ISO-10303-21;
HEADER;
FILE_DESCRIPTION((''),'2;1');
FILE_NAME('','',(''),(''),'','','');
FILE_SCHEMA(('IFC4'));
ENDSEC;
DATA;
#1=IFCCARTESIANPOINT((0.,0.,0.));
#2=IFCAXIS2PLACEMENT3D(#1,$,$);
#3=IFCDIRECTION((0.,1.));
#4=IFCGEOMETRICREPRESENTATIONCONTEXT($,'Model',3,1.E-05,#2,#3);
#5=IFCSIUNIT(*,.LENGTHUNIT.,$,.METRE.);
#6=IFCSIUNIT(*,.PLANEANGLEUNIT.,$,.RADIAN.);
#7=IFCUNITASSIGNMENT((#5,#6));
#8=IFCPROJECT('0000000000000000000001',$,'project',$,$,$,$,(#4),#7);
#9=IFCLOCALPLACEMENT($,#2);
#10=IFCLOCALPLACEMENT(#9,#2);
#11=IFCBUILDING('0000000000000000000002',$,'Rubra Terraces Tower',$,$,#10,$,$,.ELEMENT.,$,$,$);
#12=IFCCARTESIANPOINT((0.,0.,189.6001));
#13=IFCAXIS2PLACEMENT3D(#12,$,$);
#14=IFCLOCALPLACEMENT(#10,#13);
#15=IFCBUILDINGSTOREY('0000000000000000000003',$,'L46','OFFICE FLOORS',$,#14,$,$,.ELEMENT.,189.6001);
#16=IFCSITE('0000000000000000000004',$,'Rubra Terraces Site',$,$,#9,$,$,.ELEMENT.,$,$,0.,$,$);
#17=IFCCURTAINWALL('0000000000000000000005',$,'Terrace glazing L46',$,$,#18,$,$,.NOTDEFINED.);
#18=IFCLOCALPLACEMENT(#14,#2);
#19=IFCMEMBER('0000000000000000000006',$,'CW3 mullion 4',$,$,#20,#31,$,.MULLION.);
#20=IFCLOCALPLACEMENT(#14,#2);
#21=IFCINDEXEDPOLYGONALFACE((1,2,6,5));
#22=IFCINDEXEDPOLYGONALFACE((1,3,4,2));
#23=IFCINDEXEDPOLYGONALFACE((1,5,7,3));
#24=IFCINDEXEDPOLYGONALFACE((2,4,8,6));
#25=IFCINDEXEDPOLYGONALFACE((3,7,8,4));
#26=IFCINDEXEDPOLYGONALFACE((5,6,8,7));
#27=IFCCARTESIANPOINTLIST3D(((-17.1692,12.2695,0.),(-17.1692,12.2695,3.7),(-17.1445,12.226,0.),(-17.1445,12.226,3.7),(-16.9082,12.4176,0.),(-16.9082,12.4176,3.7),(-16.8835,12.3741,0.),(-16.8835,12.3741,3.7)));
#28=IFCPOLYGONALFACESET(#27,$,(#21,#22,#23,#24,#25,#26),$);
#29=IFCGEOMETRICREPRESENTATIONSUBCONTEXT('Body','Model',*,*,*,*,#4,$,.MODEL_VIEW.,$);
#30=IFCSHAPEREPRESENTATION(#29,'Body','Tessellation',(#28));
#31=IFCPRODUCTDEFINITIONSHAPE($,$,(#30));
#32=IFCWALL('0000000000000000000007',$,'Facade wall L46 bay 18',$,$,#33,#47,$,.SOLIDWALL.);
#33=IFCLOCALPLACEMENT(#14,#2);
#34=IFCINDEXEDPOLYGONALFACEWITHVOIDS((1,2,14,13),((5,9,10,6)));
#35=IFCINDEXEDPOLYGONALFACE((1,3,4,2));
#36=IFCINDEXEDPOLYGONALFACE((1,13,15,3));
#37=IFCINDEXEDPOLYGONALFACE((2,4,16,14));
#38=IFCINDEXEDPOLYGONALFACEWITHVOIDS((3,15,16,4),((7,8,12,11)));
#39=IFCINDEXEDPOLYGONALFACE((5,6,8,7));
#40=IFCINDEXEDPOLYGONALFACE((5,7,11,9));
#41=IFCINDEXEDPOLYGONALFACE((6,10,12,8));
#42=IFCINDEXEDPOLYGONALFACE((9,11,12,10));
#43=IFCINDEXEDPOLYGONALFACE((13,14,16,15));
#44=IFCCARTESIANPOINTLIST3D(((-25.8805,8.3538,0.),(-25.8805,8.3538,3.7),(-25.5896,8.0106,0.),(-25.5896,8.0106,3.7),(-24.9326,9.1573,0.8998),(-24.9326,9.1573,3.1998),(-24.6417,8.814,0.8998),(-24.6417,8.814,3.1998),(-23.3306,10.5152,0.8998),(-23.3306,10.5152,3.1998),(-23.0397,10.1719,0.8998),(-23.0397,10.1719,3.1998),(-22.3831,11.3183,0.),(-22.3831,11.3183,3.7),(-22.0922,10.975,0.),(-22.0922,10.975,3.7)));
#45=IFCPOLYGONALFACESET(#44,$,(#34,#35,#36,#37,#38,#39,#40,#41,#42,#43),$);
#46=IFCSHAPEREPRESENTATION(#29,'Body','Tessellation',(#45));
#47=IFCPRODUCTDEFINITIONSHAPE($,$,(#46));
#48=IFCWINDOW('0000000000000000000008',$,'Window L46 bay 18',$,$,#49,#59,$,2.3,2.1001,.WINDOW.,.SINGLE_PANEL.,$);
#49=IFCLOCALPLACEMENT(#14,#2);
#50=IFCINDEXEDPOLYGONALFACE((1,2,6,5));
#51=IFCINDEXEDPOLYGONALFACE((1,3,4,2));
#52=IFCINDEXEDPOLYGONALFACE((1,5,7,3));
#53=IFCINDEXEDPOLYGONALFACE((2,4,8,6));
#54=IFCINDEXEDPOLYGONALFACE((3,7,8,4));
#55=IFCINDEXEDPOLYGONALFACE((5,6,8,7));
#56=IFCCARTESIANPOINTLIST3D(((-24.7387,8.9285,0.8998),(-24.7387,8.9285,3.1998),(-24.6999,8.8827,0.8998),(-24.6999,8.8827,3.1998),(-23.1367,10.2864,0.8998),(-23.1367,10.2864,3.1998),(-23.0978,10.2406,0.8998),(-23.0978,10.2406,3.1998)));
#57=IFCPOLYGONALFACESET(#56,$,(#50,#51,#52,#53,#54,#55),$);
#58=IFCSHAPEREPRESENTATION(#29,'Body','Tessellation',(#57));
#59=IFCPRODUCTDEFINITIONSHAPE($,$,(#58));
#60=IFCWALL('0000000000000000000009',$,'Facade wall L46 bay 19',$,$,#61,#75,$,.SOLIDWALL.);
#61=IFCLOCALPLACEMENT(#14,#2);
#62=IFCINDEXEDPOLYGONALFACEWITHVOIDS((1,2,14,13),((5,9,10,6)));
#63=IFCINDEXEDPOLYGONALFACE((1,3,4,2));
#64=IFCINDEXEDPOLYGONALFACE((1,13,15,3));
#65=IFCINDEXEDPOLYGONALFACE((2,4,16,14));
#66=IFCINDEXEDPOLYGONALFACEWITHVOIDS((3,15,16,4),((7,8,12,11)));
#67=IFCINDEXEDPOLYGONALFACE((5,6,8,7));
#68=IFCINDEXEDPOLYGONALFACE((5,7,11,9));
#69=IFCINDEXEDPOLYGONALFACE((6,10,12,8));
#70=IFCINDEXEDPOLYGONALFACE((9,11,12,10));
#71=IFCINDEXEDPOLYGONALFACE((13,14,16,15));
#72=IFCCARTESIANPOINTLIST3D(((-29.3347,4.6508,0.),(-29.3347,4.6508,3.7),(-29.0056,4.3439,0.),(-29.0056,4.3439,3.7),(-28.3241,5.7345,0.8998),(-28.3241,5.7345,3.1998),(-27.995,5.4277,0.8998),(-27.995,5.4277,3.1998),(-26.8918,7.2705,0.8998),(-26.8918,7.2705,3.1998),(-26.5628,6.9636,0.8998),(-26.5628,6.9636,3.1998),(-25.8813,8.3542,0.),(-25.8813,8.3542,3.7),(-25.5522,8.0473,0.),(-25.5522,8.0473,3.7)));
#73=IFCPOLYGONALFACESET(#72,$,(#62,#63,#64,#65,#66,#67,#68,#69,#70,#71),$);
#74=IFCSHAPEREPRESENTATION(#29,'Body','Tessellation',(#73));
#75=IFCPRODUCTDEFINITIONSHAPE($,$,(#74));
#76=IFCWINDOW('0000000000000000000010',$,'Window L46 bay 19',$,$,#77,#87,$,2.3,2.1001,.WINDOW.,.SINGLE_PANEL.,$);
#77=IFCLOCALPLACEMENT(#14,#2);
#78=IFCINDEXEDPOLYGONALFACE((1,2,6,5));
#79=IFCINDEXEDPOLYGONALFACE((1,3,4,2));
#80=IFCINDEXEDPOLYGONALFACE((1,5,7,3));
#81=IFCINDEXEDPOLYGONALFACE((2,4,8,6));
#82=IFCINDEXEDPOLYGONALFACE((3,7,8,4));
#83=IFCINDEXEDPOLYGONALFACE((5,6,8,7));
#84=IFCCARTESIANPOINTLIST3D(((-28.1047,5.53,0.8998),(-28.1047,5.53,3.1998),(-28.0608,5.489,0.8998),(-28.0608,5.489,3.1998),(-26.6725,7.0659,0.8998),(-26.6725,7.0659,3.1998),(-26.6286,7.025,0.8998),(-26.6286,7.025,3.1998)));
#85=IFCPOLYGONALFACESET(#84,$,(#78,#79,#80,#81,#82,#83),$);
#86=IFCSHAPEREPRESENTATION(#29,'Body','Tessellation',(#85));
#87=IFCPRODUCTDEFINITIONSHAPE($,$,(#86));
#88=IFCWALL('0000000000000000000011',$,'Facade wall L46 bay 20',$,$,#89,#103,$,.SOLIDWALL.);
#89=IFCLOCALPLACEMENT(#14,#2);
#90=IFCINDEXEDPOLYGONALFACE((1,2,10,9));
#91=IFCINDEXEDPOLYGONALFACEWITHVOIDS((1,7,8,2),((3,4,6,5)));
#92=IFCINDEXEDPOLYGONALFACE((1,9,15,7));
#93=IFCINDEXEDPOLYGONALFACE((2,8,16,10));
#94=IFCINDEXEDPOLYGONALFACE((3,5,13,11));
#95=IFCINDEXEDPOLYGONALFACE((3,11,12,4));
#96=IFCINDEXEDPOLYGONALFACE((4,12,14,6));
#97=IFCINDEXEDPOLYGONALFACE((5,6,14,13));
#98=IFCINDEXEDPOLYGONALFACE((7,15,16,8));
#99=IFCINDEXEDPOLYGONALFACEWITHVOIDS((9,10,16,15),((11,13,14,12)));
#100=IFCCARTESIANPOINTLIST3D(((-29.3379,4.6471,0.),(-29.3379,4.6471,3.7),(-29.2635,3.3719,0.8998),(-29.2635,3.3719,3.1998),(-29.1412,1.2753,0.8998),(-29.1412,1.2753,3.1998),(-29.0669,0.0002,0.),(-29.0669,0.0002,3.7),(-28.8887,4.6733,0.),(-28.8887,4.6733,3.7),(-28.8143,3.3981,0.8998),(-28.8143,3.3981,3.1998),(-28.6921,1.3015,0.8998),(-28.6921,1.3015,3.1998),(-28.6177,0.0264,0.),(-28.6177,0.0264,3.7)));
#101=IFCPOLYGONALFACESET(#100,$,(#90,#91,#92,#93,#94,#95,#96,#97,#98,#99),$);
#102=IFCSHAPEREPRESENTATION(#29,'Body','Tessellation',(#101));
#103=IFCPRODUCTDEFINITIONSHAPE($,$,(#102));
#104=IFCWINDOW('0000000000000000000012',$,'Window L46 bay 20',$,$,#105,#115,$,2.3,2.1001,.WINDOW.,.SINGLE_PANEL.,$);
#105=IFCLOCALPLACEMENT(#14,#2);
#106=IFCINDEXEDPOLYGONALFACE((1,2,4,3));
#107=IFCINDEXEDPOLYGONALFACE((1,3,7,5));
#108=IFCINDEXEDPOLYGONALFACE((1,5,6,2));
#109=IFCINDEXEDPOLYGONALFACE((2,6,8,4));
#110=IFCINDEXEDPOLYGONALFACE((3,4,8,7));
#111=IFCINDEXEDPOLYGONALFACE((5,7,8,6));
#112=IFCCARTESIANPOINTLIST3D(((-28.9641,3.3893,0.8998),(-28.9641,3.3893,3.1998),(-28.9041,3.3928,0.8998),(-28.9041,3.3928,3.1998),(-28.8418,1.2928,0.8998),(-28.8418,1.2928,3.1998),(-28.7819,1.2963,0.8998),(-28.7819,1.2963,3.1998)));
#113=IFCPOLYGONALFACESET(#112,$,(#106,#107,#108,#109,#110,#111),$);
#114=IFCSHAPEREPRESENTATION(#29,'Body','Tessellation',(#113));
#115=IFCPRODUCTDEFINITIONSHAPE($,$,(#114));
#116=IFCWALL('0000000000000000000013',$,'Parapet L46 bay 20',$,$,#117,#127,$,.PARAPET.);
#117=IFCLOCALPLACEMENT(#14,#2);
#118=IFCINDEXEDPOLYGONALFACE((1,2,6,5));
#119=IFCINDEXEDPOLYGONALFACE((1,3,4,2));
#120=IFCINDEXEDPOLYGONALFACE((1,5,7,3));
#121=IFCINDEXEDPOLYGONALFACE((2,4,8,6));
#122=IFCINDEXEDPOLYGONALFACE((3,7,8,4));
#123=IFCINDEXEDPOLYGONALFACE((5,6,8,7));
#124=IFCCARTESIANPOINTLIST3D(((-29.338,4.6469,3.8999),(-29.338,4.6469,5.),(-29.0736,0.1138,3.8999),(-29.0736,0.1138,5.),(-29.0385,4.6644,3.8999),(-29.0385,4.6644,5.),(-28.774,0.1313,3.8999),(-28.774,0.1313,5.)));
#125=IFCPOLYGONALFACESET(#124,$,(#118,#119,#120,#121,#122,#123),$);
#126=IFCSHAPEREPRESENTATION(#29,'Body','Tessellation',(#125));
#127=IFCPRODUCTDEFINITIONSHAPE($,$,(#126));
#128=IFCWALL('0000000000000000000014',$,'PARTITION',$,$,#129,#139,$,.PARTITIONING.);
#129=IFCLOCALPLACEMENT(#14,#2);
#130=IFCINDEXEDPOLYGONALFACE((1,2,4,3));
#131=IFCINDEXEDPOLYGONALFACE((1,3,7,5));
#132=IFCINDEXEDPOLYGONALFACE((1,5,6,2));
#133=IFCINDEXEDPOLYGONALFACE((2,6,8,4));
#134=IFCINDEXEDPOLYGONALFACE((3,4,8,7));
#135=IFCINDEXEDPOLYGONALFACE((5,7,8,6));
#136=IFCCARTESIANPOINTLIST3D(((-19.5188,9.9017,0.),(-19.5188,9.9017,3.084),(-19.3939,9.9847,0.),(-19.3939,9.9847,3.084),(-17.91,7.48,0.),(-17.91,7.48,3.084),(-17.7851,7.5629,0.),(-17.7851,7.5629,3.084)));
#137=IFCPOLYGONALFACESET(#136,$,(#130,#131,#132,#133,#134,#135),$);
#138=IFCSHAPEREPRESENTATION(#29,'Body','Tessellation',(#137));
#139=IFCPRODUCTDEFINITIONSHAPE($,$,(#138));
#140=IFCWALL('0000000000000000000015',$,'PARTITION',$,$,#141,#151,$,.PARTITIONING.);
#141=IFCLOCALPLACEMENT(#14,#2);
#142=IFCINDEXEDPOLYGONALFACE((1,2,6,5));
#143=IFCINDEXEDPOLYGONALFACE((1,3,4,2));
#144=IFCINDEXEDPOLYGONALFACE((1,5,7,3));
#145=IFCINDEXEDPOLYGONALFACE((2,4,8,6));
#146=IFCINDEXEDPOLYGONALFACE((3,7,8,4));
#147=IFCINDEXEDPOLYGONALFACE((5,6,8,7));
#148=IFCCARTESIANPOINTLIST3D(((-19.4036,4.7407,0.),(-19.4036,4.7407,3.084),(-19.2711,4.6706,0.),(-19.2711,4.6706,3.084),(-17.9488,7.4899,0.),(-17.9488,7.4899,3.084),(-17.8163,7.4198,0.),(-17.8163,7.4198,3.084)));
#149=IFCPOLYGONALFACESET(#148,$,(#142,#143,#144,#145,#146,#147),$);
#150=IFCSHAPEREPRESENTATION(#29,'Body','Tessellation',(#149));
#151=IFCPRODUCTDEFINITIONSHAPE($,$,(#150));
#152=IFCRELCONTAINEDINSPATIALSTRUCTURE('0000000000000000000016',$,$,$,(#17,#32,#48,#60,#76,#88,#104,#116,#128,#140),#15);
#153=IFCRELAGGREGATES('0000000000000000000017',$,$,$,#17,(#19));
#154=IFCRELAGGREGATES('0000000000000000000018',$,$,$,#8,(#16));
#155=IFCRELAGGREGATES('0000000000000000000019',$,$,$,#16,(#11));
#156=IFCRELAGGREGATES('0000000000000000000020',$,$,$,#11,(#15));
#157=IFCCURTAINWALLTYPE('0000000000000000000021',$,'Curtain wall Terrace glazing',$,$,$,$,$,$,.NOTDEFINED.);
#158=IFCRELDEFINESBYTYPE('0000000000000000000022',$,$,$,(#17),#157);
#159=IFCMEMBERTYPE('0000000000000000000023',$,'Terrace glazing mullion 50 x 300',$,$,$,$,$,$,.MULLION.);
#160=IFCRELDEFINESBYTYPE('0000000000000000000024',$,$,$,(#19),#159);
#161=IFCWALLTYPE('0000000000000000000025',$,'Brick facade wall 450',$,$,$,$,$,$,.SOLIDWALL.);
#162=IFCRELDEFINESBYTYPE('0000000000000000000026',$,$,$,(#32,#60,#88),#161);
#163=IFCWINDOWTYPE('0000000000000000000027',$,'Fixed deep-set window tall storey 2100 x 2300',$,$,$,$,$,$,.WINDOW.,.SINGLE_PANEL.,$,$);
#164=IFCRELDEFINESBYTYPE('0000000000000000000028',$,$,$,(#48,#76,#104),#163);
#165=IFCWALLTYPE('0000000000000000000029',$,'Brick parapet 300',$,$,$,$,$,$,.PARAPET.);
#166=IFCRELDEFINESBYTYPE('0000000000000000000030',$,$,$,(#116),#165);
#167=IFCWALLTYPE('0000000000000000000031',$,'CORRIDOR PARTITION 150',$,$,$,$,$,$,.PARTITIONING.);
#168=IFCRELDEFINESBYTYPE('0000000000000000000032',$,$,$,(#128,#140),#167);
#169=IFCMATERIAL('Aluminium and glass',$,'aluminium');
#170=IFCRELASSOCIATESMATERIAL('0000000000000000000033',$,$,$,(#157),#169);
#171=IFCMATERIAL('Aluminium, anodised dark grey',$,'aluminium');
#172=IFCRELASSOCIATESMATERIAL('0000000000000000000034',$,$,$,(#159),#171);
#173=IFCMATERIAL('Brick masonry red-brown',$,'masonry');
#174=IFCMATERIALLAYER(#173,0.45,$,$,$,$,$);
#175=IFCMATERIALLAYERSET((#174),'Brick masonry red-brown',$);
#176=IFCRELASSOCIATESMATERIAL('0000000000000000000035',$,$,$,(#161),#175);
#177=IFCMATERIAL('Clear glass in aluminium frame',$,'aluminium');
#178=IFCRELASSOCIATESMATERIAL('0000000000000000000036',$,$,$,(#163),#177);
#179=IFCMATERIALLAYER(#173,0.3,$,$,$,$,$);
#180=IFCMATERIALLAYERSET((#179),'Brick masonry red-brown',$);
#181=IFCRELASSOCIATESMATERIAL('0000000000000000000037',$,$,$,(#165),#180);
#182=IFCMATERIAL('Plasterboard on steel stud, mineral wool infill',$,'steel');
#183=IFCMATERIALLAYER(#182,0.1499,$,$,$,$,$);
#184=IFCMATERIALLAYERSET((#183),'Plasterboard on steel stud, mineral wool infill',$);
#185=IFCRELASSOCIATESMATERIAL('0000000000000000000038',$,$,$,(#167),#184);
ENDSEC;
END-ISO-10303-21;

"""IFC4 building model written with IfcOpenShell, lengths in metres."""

from ifc_helpers import new_model, si_unit, direction, frame, frame_2d, origin, origin_2d, place, context, subcontext, project, spatial, rectangle, extrude, material, layer, layer_set, material_profile, profile_set, type_object, element, fill, aggregate, save


model = new_model("IFC4")

# Units and contexts
model_context = context("Model", 3, precision=1e-05, world=origin(), true_north=direction((0.0, 1.0)))
body_context = subcontext(model_context, "Body", "Model", "MODEL_VIEW")
ifc_project = project(units=[si_unit("LENGTHUNIT", "METRE"), si_unit("PLANEANGLEUNIT", "RADIAN")], contexts=[model_context])

# Site, building, storey
site_placement = place(None, origin())
site = spatial("IfcSite", under=ifc_project, at=site_placement, Name="Rubra Terraces Site", CompositionType="ELEMENT", RefElevation=0.0)
building_placement = place(site_placement, origin())
building = spatial("IfcBuilding", under=site, at=building_placement, Name="Rubra Terraces Tower", CompositionType="ELEMENT")
storey_placement = place(building_placement, frame((0.0, 0.0, 189.6001)))
storey = spatial("IfcBuildingStorey", under=building, at=storey_placement, Name="L46", Description="OFFICE FLOORS", CompositionType="ELEMENT", Elevation=189.6001)

# Curtain wall, member
ifc_material_1 = material(Name="Aluminium and glass", Category="aluminium")
curtain_wall_type = type_object("IfcCurtainWallType", Name="Curtain wall Terrace glazing", PredefinedType="NOTDEFINED", material=ifc_material_1)
curtain_wall_placement = place(storey_placement, origin())
curtain_wall = element("IfcCurtainWall", 1, at=curtain_wall_placement, inside=storey, type_object=curtain_wall_type, Name="Terrace glazing L46", PredefinedType="NOTDEFINED")
ifc_material_2 = material(Name="Aluminium, anodised dark grey", Category="aluminium")
ifc_material_profile_1 = material_profile(ifc_material_2, rectangle(XDim=0.05, YDim=0.3, at=origin_2d()), Name="AL 50x300")
ifc_profile_set_1 = profile_set([ifc_material_profile_1], Name="Aluminium, anodised dark grey")
member_type = type_object("IfcMemberType", Name="Terrace glazing mullion 50 x 300", PredefinedType="MULLION", material=ifc_profile_set_1)
member_placement = place(storey_placement, frame((-17.0264, 12.3218, 0.0), z_axis=(0.0, 0.0, 1.0), x_axis=(0.493534, -0.869726, 0.0)))
member = element("IfcMember", 2, at=member_placement, type_object=member_type, Name="CW3 mullion 4", PredefinedType="MULLION", context=body_context, shape_type="SweptSolid", body=[
    extrude(rectangle(XDim=0.05, YDim=0.3, at=origin_2d()), origin(), (0.0, 0.0, 1.0), 3.7),
])
aggregate(curtain_wall, [member])

# Walls, openings, windows
ifc_material_3 = material(Name="Brick masonry red-brown", Category="masonry")
ifc_layer_1 = layer(ifc_material_3, 0.45)
ifc_layer_set_1 = layer_set([ifc_layer_1], Name="Brick masonry red-brown")
wall_type_1 = type_object("IfcWallType", Name="Brick facade wall 450", PredefinedType="SOLIDWALL", material=ifc_layer_set_1)
wall_1_placement = place(storey_placement, frame((-22.2375, 11.1467, 0.0), z_axis=(0.0, 0.0, 1.0), x_axis=(-0.762839, -0.646589, 0.0)))
wall_1 = element("IfcWall", 3, at=wall_1_placement, inside=storey, type_object=wall_type_1, Name="Facade wall L46 bay 18", PredefinedType="SOLIDWALL", context=body_context, shape_type="SweptSolid", body=[
    extrude(rectangle(XDim=4.5847, YDim=0.45, at=frame_2d((2.2925, 0.0))), origin(), (0.0, 0.0, 1.0), 3.7),
])
opening_1_placement = place(wall_1_placement, frame((1.2422, 0.0, 0.8999)))
opening_1 = element("IfcOpeningElement", 4, at=opening_1_placement, cuts=wall_1, PredefinedType="OPENING", context=body_context, shape_type="SweptSolid", body=[
    extrude(rectangle(XDim=2.1001, YDim=2.3, at=frame_2d((1.05, 1.1499))), frame((0.0, 0.2349, 0.0), z_axis=(0.0, -1.0, 0.0), x_axis=(1.0, 0.0, 0.0)), (0.0, 0.0, 1.0), 0.47),
])
ifc_material_4 = material(Name="Clear glass in aluminium frame", Category="aluminium")
window_type = type_object("IfcWindowType", Name="Fixed deep-set window tall storey 2100 x 2300", PartitioningType="SINGLE_PANEL", PredefinedType="WINDOW", material=ifc_material_4)
window_1_placement = place(opening_1_placement, origin())
window_1 = element("IfcWindow", 5, at=window_1_placement, inside=storey, type_object=window_type, Name="Window L46 bay 18", OverallHeight=2.3, OverallWidth=2.1001, PartitioningType="SINGLE_PANEL", PredefinedType="WINDOW", context=body_context, shape_type="SweptSolid", body=[
    extrude(rectangle(XDim=2.1001, YDim=2.3, at=frame_2d((1.05, 1.1499))), frame((0.0, 0.135, 0.0), z_axis=(0.0, -1.0, 0.0), x_axis=(1.0, 0.0, 0.0)), (0.0, 0.0, 1.0), 0.0601),
])
fill(opening_1, window_1)
wall_2_placement = place(storey_placement, frame((-25.7168, 8.2007, 0.0), z_axis=(0.0, 0.0, 1.0), x_axis=(-0.68199, -0.731361, 0.0)))
wall_2 = element("IfcWall", 6, at=wall_2_placement, inside=storey, type_object=wall_type_1, Name="Facade wall L46 bay 19", PredefinedType="SOLIDWALL", context=body_context, shape_type="SweptSolid", body=[
    extrude(rectangle(XDim=5.0637, YDim=0.45, at=frame_2d((2.5317, 0.0))), origin(), (0.0, 0.0, 1.0), 3.7),
])
opening_2_placement = place(wall_2_placement, frame((1.4817, 0.0, 0.8999)))
opening_2 = element("IfcOpeningElement", 7, at=opening_2_placement, cuts=wall_2, PredefinedType="OPENING", context=body_context, shape_type="SweptSolid", body=[
    extrude(rectangle(XDim=2.1001, YDim=2.3, at=frame_2d((1.05, 1.1499))), frame((0.0, 0.2349, 0.0), z_axis=(0.0, -1.0, 0.0), x_axis=(1.0, 0.0, 0.0)), (0.0, 0.0, 1.0), 0.47),
])
window_2_placement = place(opening_2_placement, origin())
window_2 = element("IfcWindow", 8, at=window_2_placement, inside=storey, type_object=window_type, Name="Window L46 bay 19", OverallHeight=2.3, OverallWidth=2.1001, PartitioningType="SINGLE_PANEL", PredefinedType="WINDOW", context=body_context, shape_type="SweptSolid", body=[
    extrude(rectangle(XDim=2.1001, YDim=2.3, at=frame_2d((1.05, 1.1499))), frame((0.0, 0.135, 0.0), z_axis=(0.0, -1.0, 0.0), x_axis=(1.0, 0.0, 0.0)), (0.0, 0.0, 1.0), 0.0601),
])
fill(opening_2, window_2)
wall_3_placement = place(storey_placement, frame((-29.1133, 4.6602, 0.0), z_axis=(0.0, 0.0, 1.0), x_axis=(0.058218, -0.998304, 0.0)))
wall_3 = element("IfcWall", 9, at=wall_3_placement, inside=storey, type_object=wall_type_1, Name="Facade wall L46 bay 20", PredefinedType="SOLIDWALL", context=body_context, shape_type="SweptSolid", body=[
    extrude(rectangle(XDim=4.6548, YDim=0.45, at=frame_2d((2.3274, 0.0))), origin(), (0.0, 0.0, 1.0), 3.7),
])
opening_3_placement = place(wall_3_placement, frame((1.2773, 0.0, 0.8999)))
opening_3 = element("IfcOpeningElement", 10, at=opening_3_placement, cuts=wall_3, PredefinedType="OPENING", context=body_context, shape_type="SweptSolid", body=[
    extrude(rectangle(XDim=2.1001, YDim=2.3, at=frame_2d((1.05, 1.1499))), frame((0.0, 0.2349, 0.0), z_axis=(0.0, -1.0, 0.0), x_axis=(1.0, 0.0, 0.0)), (0.0, 0.0, 1.0), 0.47),
])
window_3_placement = place(opening_3_placement, origin())
window_3 = element("IfcWindow", 11, at=window_3_placement, inside=storey, type_object=window_type, Name="Window L46 bay 20", OverallHeight=2.3, OverallWidth=2.1001, PartitioningType="SINGLE_PANEL", PredefinedType="WINDOW", context=body_context, shape_type="SweptSolid", body=[
    extrude(rectangle(XDim=2.1001, YDim=2.3, at=frame_2d((1.05, 1.1499))), frame((0.0, 0.135, 0.0), z_axis=(0.0, -1.0, 0.0), x_axis=(1.0, 0.0, 0.0)), (0.0, 0.0, 1.0), 0.0601),
])
fill(opening_3, window_3)

# Walls
ifc_layer_2 = layer(ifc_material_3, 0.3)
ifc_layer_set_2 = layer_set([ifc_layer_2], Name="Brick masonry red-brown")
wall_type_2 = type_object("IfcWallType", Name="Brick parapet 300", PredefinedType="PARAPET", material=ifc_layer_set_2)
wall_4_placement = place(storey_placement, frame((-29.1882, 4.6558, 3.8999), z_axis=(0.0, 0.0, 1.0), x_axis=(0.05823, -0.998303, 0.0)))
element("IfcWall", 12, at=wall_4_placement, inside=storey, type_object=wall_type_2, Name="Parapet L46 bay 20", PredefinedType="PARAPET", context=body_context, shape_type="SweptSolid", body=[
    extrude(rectangle(XDim=4.5408, YDim=0.3, at=frame_2d((2.2705, 0.0))), origin(), (0.0, 0.0, 1.0), 1.1001),
])
ifc_material_5 = material(Name="Plasterboard on steel stud, mineral wool infill", Category="steel")
ifc_layer_3 = layer(ifc_material_5, 0.1499)
ifc_layer_set_3 = layer_set([ifc_layer_3], Name="Plasterboard on steel stud, mineral wool infill")
wall_type_3 = type_object("IfcWallType", Name="CORRIDOR PARTITION 150", PredefinedType="PARTITIONING", material=ifc_layer_set_3)
wall_5_placement = place(storey_placement, frame((-19.4563, 9.9431, 0.0), z_axis=(0.0, 0.0, 1.0), x_axis=(0.553343, -0.832953, 0.0)))
element("IfcWall", 13, at=wall_5_placement, inside=storey, type_object=wall_type_3, Name="PARTITION", PredefinedType="PARTITIONING", context=body_context, shape_type="SweptSolid", body=[
    extrude(rectangle(XDim=2.9075, YDim=0.1499, at=frame_2d((1.4536, 0.0))), origin(), (0.0, 0.0, 1.0), 3.084),
])
wall_6_placement = place(storey_placement, frame((-17.8826, 7.4548, 0.0), z_axis=(0.0, 0.0, 1.0), x_axis=(-0.467722, -0.883876, 0.0)))
element("IfcWall", 14, at=wall_6_placement, inside=storey, type_object=wall_type_3, Name="PARTITION", PredefinedType="PARTITIONING", context=body_context, shape_type="SweptSolid", body=[
    extrude(rectangle(XDim=3.1104, YDim=0.1499, at=frame_2d((1.5552, 0.0))), origin(), (0.0, 0.0, 1.0), 3.084),
])

save(model, "model.ifc")
